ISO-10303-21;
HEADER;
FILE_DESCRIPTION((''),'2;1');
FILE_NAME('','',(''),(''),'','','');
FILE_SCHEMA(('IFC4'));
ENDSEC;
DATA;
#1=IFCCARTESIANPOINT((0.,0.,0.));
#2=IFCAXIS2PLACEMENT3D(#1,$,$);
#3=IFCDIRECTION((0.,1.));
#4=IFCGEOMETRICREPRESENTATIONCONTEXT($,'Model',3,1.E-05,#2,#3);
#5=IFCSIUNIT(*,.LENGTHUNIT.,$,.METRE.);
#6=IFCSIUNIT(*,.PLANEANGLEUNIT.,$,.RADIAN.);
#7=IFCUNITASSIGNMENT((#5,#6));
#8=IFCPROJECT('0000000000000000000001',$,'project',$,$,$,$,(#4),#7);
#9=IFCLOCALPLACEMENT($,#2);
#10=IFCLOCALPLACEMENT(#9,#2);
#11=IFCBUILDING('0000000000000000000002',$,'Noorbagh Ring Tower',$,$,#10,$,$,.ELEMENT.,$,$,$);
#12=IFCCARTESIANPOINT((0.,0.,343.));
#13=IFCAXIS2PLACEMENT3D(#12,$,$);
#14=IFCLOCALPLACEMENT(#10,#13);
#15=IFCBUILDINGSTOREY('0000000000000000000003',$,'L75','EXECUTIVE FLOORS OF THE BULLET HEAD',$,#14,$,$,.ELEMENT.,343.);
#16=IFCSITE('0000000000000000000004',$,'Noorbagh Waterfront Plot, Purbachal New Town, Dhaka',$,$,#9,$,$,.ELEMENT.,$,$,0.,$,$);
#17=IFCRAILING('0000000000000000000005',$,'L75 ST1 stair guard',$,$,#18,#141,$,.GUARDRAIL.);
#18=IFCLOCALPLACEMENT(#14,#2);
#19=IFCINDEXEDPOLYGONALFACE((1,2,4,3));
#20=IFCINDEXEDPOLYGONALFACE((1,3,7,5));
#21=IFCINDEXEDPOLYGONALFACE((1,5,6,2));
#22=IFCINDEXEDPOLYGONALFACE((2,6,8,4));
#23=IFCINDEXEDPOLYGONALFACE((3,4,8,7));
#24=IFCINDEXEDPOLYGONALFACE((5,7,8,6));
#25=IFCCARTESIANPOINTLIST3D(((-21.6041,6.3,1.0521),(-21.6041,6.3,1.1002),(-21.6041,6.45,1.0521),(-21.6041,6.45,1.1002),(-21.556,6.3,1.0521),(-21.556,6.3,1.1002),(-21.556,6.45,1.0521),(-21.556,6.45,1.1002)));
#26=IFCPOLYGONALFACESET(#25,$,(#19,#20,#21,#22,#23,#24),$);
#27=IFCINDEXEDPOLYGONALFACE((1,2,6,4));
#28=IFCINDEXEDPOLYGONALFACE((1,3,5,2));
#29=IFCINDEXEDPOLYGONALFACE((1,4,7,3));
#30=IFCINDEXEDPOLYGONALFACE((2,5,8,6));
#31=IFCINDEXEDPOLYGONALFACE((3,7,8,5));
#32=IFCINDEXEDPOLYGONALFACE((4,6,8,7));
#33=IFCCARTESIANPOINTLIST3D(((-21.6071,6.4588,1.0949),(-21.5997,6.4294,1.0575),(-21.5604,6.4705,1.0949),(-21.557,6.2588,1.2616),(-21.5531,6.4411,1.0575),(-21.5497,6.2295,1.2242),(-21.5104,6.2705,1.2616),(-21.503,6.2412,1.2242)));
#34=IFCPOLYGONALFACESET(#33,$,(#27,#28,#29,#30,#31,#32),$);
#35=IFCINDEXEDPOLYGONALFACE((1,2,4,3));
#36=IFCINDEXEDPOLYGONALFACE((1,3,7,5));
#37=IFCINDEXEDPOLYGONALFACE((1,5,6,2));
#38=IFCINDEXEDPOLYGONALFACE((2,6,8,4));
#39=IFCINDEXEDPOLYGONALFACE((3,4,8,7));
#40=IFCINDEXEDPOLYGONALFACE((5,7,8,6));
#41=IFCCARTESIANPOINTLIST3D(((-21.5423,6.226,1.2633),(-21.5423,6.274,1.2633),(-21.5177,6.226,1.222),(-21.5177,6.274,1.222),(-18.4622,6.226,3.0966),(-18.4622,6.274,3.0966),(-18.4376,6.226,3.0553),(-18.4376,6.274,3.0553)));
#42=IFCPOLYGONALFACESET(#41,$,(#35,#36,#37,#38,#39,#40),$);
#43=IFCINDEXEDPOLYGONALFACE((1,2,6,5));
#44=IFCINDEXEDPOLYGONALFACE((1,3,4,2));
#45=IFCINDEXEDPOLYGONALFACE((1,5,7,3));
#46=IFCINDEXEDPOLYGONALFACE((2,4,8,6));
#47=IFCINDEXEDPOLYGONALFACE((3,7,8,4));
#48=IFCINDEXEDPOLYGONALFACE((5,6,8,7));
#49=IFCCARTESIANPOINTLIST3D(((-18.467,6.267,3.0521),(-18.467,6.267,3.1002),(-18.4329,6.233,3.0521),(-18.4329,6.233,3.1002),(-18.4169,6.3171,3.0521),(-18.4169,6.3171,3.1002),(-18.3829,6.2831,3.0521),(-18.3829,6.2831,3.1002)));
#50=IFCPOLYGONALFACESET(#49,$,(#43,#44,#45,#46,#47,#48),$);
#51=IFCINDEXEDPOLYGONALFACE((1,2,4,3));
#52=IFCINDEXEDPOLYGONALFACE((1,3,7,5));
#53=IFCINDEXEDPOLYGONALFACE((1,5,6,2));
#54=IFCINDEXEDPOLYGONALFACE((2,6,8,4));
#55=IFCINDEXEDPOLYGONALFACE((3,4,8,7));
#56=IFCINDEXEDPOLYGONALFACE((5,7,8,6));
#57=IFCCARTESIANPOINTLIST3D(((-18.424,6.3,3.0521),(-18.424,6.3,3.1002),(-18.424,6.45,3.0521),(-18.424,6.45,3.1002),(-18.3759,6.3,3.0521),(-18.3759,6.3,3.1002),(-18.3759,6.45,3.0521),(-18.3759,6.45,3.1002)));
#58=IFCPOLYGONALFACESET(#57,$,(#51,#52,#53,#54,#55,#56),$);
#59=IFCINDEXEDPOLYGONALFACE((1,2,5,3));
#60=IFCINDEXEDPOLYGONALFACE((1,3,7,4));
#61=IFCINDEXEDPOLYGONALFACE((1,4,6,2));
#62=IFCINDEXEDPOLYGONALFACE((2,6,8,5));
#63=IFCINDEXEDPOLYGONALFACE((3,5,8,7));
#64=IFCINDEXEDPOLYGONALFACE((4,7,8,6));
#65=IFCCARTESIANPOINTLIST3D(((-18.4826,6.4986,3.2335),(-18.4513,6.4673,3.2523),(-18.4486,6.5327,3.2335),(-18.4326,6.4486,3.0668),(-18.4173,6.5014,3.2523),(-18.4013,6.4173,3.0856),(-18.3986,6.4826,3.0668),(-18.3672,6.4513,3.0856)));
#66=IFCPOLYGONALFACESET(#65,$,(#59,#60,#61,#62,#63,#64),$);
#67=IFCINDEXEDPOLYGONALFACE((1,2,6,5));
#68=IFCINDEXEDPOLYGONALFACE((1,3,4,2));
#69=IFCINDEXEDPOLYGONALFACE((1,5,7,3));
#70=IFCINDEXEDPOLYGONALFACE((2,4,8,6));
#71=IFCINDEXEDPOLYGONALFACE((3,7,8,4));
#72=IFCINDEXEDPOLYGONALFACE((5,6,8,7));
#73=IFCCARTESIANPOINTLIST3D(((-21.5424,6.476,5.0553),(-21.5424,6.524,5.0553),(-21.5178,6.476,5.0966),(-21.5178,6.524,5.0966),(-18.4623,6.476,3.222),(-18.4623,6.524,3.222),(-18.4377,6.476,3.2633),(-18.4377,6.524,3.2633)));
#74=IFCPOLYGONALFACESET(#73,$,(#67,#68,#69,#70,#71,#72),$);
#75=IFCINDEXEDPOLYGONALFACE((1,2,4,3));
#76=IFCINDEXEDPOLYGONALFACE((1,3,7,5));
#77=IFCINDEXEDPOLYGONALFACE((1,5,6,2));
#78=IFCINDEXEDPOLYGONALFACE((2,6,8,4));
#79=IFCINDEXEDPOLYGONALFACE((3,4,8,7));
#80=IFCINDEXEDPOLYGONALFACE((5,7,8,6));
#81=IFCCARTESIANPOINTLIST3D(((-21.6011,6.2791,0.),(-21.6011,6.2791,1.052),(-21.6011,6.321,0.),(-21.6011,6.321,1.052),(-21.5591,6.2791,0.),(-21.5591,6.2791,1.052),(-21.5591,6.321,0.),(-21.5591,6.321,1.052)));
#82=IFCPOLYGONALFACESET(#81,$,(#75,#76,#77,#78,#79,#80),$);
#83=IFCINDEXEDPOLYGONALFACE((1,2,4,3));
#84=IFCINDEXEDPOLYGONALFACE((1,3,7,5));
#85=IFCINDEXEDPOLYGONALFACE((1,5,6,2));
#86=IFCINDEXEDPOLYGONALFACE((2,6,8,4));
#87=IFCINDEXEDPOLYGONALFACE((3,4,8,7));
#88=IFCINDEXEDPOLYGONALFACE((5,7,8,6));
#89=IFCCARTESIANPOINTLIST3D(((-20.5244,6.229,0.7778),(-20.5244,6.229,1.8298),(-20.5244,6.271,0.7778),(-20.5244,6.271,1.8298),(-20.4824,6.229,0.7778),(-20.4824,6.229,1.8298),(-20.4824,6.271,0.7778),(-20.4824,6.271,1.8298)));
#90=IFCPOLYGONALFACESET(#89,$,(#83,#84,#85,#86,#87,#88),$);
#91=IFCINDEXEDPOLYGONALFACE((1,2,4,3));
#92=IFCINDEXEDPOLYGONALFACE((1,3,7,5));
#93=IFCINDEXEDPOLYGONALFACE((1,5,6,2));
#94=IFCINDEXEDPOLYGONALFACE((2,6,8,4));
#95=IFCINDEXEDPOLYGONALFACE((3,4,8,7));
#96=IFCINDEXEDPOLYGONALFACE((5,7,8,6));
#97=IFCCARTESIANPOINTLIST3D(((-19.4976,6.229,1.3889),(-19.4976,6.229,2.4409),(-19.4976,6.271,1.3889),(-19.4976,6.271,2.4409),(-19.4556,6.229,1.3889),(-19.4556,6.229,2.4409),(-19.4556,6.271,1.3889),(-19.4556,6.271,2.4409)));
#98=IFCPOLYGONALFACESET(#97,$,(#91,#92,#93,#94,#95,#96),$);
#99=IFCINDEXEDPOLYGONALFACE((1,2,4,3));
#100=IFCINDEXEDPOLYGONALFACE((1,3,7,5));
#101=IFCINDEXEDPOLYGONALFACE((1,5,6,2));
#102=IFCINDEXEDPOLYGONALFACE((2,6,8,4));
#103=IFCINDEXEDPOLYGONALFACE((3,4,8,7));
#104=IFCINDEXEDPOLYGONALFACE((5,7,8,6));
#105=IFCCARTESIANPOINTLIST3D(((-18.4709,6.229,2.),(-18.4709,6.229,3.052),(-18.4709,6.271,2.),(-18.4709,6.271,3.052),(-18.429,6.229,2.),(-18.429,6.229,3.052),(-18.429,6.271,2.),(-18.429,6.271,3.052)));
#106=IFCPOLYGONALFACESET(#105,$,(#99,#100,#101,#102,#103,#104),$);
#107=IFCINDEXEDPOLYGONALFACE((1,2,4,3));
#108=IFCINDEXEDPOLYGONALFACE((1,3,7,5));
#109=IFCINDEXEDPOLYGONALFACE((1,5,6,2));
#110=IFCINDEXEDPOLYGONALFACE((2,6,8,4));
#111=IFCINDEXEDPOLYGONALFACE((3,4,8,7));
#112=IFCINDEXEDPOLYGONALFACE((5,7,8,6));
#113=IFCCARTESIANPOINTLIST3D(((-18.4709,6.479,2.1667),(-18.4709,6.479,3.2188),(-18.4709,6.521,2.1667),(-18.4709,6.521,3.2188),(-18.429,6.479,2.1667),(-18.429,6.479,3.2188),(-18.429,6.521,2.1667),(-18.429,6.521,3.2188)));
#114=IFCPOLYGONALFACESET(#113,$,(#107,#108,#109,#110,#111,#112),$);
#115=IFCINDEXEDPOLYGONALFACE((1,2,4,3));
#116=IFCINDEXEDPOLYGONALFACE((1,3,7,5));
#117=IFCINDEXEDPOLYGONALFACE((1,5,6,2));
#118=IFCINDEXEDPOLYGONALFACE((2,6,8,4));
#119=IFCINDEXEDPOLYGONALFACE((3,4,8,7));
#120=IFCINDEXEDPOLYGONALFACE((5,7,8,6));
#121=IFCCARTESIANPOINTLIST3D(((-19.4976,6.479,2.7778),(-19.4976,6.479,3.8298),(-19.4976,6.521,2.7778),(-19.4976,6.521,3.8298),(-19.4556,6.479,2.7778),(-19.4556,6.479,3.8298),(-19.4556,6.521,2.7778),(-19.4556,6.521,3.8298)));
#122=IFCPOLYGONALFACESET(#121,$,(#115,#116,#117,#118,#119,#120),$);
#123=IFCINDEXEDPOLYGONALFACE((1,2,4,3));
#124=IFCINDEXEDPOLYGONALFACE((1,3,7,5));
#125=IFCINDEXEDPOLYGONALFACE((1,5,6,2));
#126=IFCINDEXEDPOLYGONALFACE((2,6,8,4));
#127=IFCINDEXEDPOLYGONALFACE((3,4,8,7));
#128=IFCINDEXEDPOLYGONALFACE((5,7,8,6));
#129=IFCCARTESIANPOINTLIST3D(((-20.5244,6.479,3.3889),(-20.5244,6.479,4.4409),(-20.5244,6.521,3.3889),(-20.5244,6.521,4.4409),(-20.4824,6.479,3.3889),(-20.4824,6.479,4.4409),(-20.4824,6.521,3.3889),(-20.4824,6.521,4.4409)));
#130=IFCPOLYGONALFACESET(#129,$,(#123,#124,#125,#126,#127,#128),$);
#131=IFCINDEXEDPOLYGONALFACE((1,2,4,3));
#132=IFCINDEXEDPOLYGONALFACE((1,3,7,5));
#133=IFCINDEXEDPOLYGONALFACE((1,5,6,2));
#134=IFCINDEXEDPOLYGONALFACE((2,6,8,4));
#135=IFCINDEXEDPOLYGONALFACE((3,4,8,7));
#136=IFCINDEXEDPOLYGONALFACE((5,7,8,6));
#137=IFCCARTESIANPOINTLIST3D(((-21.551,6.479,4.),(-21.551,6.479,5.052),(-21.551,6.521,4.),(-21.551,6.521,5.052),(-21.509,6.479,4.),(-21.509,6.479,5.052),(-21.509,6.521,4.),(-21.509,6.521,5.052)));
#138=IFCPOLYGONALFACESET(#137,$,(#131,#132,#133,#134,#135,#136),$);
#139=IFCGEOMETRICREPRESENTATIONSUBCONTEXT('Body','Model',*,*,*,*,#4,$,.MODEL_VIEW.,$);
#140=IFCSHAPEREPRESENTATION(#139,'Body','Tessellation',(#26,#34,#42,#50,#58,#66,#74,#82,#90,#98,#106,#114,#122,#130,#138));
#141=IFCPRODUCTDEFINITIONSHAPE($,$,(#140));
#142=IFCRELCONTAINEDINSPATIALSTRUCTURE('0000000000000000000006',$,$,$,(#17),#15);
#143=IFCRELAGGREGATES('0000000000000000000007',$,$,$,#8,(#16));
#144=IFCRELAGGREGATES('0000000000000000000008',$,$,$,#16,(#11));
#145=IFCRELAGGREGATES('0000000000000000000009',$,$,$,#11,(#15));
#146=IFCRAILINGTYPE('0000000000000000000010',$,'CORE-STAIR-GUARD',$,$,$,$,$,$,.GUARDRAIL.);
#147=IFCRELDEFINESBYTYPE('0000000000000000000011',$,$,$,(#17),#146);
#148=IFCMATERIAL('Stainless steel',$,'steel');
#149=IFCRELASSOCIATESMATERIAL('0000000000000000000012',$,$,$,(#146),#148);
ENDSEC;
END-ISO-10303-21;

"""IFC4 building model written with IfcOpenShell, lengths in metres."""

from ifc_helpers import new_model, si_unit, direction, frame, origin, origin_2d, place, context, subcontext, project, spatial, rectangle, extrude, material, type_object, element, save


model = new_model("IFC4")

# Units and contexts
model_context = context("Model", 3, precision=1e-05, world=origin(), true_north=direction((0.0, 1.0)))
body_context = subcontext(model_context, "Body", "Model", "MODEL_VIEW")
ifc_project = project(units=[si_unit("LENGTHUNIT", "METRE"), si_unit("PLANEANGLEUNIT", "RADIAN")], contexts=[model_context])

# Site, building, storey
site_placement = place(None, origin())
site = spatial("IfcSite", under=ifc_project, at=site_placement, Name="Noorbagh Waterfront Plot, Purbachal New Town, Dhaka", CompositionType="ELEMENT", RefElevation=0.0)
building_placement = place(site_placement, origin())
building = spatial("IfcBuilding", under=site, at=building_placement, Name="Noorbagh Ring Tower", CompositionType="ELEMENT")
storey_placement = place(building_placement, frame((0.0, 0.0, 343.0)))
storey = spatial("IfcBuildingStorey", under=building, at=storey_placement, Name="L75", Description="EXECUTIVE FLOORS OF THE BULLET HEAD", CompositionType="ELEMENT", Elevation=343.0)

# Railing
ifc_material_1 = material(Name="Stainless steel", Category="steel")
railing_type_1 = type_object("IfcRailingType", Name="CORE-STAIR-GUARD", PredefinedType="GUARDRAIL", material=ifc_material_1)
railing_1_placement = place(storey_placement, frame((-21.5801, 6.3, 0.0)))
element("IfcRailing", 1, at=railing_1_placement, inside=storey, type_object=railing_type_1, Name="L75 ST1 stair guard", PredefinedType="GUARDRAIL", context=body_context, shape_type="SweptSolid", body=[
    extrude(rectangle(XDim=0.0481, YDim=0.0481, at=origin_2d()), frame((0.0, 0.0, 1.0762), z_axis=(0.0, 1.0, 0.0), x_axis=(-1.0, 0.0, 0.0)), (0.0, 0.0, 1.0), 0.1499),
    extrude(rectangle(XDim=0.0481, YDim=0.0481, at=origin_2d()), frame((0.0, 0.1499, 1.0762), z_axis=(0.188776, -0.754182, 0.628946), x_axis=(0.970073, 0.242814, 0.0)), (0.0, 0.0, 1.0), 0.2651),
    extrude(rectangle(XDim=0.0481, YDim=0.0481, at=origin_2d()), frame((0.05, -0.05, 1.2427), z_axis=(0.859309, 0.0, 0.511458), x_axis=(0.0, 1.0, 0.0)), (0.0, 0.0, 1.0), 3.5845),
    extrude(rectangle(XDim=0.0481, YDim=0.0481, at=origin_2d()), frame((3.1301, -0.05, 3.0762), z_axis=(0.707107, 0.707107, 0.0), x_axis=(-0.707107, 0.707107, 0.0)), (0.0, 0.0, 1.0), 0.0708),
    extrude(rectangle(XDim=0.0481, YDim=0.0481, at=origin_2d()), frame((3.1802, 0.0, 3.0762), z_axis=(0.0, 1.0, 0.0), x_axis=(-1.0, 0.0, 0.0)), (0.0, 0.0, 1.0), 0.1499),
    extrude(rectangle(XDim=0.0481, YDim=0.0481, at=origin_2d()), frame((3.1802, 0.1499, 3.0762), z_axis=(-0.276287, 0.276287, 0.920506), x_axis=(-0.707107, -0.707107, 0.0)), (0.0, 0.0, 1.0), 0.1812),
    extrude(rectangle(XDim=0.0481, YDim=0.0481, at=origin_2d()), frame((3.1301, 0.2, 3.2427), z_axis=(-0.859309, 0.0, 0.511458), x_axis=(0.0, -1.0, 0.0)), (0.0, 0.0, 1.0), 3.5845),
    extrude(rectangle(XDim=0.042, YDim=0.042, at=origin_2d()), origin(), (0.0, 0.0, 1.0), 1.052),
    extrude(rectangle(XDim=0.042, YDim=0.042, at=origin_2d()), frame((1.0767, -0.05, 0.7778)), (0.0, 0.0, 1.0), 1.052),
    extrude(rectangle(XDim=0.042, YDim=0.042, at=origin_2d()), frame((2.1035, -0.05, 1.3889)), (0.0, 0.0, 1.0), 1.052),
    extrude(rectangle(XDim=0.042, YDim=0.042, at=origin_2d()), frame((3.1301, -0.05, 2.0)), (0.0, 0.0, 1.0), 1.052),
    extrude(rectangle(XDim=0.042, YDim=0.042, at=origin_2d()), frame((3.1301, 0.2, 2.1667)), (0.0, 0.0, 1.0), 1.052),
    extrude(rectangle(XDim=0.042, YDim=0.042, at=origin_2d()), frame((2.1035, 0.2, 2.7778)), (0.0, 0.0, 1.0), 1.052),
    extrude(rectangle(XDim=0.042, YDim=0.042, at=origin_2d()), frame((1.0767, 0.2, 3.3889)), (0.0, 0.0, 1.0), 1.052),
    extrude(rectangle(XDim=0.042, YDim=0.042, at=origin_2d()), frame((0.05, 0.2, 4.0)), (0.0, 0.0, 1.0), 1.052),
])

save(model, "model.ifc")
